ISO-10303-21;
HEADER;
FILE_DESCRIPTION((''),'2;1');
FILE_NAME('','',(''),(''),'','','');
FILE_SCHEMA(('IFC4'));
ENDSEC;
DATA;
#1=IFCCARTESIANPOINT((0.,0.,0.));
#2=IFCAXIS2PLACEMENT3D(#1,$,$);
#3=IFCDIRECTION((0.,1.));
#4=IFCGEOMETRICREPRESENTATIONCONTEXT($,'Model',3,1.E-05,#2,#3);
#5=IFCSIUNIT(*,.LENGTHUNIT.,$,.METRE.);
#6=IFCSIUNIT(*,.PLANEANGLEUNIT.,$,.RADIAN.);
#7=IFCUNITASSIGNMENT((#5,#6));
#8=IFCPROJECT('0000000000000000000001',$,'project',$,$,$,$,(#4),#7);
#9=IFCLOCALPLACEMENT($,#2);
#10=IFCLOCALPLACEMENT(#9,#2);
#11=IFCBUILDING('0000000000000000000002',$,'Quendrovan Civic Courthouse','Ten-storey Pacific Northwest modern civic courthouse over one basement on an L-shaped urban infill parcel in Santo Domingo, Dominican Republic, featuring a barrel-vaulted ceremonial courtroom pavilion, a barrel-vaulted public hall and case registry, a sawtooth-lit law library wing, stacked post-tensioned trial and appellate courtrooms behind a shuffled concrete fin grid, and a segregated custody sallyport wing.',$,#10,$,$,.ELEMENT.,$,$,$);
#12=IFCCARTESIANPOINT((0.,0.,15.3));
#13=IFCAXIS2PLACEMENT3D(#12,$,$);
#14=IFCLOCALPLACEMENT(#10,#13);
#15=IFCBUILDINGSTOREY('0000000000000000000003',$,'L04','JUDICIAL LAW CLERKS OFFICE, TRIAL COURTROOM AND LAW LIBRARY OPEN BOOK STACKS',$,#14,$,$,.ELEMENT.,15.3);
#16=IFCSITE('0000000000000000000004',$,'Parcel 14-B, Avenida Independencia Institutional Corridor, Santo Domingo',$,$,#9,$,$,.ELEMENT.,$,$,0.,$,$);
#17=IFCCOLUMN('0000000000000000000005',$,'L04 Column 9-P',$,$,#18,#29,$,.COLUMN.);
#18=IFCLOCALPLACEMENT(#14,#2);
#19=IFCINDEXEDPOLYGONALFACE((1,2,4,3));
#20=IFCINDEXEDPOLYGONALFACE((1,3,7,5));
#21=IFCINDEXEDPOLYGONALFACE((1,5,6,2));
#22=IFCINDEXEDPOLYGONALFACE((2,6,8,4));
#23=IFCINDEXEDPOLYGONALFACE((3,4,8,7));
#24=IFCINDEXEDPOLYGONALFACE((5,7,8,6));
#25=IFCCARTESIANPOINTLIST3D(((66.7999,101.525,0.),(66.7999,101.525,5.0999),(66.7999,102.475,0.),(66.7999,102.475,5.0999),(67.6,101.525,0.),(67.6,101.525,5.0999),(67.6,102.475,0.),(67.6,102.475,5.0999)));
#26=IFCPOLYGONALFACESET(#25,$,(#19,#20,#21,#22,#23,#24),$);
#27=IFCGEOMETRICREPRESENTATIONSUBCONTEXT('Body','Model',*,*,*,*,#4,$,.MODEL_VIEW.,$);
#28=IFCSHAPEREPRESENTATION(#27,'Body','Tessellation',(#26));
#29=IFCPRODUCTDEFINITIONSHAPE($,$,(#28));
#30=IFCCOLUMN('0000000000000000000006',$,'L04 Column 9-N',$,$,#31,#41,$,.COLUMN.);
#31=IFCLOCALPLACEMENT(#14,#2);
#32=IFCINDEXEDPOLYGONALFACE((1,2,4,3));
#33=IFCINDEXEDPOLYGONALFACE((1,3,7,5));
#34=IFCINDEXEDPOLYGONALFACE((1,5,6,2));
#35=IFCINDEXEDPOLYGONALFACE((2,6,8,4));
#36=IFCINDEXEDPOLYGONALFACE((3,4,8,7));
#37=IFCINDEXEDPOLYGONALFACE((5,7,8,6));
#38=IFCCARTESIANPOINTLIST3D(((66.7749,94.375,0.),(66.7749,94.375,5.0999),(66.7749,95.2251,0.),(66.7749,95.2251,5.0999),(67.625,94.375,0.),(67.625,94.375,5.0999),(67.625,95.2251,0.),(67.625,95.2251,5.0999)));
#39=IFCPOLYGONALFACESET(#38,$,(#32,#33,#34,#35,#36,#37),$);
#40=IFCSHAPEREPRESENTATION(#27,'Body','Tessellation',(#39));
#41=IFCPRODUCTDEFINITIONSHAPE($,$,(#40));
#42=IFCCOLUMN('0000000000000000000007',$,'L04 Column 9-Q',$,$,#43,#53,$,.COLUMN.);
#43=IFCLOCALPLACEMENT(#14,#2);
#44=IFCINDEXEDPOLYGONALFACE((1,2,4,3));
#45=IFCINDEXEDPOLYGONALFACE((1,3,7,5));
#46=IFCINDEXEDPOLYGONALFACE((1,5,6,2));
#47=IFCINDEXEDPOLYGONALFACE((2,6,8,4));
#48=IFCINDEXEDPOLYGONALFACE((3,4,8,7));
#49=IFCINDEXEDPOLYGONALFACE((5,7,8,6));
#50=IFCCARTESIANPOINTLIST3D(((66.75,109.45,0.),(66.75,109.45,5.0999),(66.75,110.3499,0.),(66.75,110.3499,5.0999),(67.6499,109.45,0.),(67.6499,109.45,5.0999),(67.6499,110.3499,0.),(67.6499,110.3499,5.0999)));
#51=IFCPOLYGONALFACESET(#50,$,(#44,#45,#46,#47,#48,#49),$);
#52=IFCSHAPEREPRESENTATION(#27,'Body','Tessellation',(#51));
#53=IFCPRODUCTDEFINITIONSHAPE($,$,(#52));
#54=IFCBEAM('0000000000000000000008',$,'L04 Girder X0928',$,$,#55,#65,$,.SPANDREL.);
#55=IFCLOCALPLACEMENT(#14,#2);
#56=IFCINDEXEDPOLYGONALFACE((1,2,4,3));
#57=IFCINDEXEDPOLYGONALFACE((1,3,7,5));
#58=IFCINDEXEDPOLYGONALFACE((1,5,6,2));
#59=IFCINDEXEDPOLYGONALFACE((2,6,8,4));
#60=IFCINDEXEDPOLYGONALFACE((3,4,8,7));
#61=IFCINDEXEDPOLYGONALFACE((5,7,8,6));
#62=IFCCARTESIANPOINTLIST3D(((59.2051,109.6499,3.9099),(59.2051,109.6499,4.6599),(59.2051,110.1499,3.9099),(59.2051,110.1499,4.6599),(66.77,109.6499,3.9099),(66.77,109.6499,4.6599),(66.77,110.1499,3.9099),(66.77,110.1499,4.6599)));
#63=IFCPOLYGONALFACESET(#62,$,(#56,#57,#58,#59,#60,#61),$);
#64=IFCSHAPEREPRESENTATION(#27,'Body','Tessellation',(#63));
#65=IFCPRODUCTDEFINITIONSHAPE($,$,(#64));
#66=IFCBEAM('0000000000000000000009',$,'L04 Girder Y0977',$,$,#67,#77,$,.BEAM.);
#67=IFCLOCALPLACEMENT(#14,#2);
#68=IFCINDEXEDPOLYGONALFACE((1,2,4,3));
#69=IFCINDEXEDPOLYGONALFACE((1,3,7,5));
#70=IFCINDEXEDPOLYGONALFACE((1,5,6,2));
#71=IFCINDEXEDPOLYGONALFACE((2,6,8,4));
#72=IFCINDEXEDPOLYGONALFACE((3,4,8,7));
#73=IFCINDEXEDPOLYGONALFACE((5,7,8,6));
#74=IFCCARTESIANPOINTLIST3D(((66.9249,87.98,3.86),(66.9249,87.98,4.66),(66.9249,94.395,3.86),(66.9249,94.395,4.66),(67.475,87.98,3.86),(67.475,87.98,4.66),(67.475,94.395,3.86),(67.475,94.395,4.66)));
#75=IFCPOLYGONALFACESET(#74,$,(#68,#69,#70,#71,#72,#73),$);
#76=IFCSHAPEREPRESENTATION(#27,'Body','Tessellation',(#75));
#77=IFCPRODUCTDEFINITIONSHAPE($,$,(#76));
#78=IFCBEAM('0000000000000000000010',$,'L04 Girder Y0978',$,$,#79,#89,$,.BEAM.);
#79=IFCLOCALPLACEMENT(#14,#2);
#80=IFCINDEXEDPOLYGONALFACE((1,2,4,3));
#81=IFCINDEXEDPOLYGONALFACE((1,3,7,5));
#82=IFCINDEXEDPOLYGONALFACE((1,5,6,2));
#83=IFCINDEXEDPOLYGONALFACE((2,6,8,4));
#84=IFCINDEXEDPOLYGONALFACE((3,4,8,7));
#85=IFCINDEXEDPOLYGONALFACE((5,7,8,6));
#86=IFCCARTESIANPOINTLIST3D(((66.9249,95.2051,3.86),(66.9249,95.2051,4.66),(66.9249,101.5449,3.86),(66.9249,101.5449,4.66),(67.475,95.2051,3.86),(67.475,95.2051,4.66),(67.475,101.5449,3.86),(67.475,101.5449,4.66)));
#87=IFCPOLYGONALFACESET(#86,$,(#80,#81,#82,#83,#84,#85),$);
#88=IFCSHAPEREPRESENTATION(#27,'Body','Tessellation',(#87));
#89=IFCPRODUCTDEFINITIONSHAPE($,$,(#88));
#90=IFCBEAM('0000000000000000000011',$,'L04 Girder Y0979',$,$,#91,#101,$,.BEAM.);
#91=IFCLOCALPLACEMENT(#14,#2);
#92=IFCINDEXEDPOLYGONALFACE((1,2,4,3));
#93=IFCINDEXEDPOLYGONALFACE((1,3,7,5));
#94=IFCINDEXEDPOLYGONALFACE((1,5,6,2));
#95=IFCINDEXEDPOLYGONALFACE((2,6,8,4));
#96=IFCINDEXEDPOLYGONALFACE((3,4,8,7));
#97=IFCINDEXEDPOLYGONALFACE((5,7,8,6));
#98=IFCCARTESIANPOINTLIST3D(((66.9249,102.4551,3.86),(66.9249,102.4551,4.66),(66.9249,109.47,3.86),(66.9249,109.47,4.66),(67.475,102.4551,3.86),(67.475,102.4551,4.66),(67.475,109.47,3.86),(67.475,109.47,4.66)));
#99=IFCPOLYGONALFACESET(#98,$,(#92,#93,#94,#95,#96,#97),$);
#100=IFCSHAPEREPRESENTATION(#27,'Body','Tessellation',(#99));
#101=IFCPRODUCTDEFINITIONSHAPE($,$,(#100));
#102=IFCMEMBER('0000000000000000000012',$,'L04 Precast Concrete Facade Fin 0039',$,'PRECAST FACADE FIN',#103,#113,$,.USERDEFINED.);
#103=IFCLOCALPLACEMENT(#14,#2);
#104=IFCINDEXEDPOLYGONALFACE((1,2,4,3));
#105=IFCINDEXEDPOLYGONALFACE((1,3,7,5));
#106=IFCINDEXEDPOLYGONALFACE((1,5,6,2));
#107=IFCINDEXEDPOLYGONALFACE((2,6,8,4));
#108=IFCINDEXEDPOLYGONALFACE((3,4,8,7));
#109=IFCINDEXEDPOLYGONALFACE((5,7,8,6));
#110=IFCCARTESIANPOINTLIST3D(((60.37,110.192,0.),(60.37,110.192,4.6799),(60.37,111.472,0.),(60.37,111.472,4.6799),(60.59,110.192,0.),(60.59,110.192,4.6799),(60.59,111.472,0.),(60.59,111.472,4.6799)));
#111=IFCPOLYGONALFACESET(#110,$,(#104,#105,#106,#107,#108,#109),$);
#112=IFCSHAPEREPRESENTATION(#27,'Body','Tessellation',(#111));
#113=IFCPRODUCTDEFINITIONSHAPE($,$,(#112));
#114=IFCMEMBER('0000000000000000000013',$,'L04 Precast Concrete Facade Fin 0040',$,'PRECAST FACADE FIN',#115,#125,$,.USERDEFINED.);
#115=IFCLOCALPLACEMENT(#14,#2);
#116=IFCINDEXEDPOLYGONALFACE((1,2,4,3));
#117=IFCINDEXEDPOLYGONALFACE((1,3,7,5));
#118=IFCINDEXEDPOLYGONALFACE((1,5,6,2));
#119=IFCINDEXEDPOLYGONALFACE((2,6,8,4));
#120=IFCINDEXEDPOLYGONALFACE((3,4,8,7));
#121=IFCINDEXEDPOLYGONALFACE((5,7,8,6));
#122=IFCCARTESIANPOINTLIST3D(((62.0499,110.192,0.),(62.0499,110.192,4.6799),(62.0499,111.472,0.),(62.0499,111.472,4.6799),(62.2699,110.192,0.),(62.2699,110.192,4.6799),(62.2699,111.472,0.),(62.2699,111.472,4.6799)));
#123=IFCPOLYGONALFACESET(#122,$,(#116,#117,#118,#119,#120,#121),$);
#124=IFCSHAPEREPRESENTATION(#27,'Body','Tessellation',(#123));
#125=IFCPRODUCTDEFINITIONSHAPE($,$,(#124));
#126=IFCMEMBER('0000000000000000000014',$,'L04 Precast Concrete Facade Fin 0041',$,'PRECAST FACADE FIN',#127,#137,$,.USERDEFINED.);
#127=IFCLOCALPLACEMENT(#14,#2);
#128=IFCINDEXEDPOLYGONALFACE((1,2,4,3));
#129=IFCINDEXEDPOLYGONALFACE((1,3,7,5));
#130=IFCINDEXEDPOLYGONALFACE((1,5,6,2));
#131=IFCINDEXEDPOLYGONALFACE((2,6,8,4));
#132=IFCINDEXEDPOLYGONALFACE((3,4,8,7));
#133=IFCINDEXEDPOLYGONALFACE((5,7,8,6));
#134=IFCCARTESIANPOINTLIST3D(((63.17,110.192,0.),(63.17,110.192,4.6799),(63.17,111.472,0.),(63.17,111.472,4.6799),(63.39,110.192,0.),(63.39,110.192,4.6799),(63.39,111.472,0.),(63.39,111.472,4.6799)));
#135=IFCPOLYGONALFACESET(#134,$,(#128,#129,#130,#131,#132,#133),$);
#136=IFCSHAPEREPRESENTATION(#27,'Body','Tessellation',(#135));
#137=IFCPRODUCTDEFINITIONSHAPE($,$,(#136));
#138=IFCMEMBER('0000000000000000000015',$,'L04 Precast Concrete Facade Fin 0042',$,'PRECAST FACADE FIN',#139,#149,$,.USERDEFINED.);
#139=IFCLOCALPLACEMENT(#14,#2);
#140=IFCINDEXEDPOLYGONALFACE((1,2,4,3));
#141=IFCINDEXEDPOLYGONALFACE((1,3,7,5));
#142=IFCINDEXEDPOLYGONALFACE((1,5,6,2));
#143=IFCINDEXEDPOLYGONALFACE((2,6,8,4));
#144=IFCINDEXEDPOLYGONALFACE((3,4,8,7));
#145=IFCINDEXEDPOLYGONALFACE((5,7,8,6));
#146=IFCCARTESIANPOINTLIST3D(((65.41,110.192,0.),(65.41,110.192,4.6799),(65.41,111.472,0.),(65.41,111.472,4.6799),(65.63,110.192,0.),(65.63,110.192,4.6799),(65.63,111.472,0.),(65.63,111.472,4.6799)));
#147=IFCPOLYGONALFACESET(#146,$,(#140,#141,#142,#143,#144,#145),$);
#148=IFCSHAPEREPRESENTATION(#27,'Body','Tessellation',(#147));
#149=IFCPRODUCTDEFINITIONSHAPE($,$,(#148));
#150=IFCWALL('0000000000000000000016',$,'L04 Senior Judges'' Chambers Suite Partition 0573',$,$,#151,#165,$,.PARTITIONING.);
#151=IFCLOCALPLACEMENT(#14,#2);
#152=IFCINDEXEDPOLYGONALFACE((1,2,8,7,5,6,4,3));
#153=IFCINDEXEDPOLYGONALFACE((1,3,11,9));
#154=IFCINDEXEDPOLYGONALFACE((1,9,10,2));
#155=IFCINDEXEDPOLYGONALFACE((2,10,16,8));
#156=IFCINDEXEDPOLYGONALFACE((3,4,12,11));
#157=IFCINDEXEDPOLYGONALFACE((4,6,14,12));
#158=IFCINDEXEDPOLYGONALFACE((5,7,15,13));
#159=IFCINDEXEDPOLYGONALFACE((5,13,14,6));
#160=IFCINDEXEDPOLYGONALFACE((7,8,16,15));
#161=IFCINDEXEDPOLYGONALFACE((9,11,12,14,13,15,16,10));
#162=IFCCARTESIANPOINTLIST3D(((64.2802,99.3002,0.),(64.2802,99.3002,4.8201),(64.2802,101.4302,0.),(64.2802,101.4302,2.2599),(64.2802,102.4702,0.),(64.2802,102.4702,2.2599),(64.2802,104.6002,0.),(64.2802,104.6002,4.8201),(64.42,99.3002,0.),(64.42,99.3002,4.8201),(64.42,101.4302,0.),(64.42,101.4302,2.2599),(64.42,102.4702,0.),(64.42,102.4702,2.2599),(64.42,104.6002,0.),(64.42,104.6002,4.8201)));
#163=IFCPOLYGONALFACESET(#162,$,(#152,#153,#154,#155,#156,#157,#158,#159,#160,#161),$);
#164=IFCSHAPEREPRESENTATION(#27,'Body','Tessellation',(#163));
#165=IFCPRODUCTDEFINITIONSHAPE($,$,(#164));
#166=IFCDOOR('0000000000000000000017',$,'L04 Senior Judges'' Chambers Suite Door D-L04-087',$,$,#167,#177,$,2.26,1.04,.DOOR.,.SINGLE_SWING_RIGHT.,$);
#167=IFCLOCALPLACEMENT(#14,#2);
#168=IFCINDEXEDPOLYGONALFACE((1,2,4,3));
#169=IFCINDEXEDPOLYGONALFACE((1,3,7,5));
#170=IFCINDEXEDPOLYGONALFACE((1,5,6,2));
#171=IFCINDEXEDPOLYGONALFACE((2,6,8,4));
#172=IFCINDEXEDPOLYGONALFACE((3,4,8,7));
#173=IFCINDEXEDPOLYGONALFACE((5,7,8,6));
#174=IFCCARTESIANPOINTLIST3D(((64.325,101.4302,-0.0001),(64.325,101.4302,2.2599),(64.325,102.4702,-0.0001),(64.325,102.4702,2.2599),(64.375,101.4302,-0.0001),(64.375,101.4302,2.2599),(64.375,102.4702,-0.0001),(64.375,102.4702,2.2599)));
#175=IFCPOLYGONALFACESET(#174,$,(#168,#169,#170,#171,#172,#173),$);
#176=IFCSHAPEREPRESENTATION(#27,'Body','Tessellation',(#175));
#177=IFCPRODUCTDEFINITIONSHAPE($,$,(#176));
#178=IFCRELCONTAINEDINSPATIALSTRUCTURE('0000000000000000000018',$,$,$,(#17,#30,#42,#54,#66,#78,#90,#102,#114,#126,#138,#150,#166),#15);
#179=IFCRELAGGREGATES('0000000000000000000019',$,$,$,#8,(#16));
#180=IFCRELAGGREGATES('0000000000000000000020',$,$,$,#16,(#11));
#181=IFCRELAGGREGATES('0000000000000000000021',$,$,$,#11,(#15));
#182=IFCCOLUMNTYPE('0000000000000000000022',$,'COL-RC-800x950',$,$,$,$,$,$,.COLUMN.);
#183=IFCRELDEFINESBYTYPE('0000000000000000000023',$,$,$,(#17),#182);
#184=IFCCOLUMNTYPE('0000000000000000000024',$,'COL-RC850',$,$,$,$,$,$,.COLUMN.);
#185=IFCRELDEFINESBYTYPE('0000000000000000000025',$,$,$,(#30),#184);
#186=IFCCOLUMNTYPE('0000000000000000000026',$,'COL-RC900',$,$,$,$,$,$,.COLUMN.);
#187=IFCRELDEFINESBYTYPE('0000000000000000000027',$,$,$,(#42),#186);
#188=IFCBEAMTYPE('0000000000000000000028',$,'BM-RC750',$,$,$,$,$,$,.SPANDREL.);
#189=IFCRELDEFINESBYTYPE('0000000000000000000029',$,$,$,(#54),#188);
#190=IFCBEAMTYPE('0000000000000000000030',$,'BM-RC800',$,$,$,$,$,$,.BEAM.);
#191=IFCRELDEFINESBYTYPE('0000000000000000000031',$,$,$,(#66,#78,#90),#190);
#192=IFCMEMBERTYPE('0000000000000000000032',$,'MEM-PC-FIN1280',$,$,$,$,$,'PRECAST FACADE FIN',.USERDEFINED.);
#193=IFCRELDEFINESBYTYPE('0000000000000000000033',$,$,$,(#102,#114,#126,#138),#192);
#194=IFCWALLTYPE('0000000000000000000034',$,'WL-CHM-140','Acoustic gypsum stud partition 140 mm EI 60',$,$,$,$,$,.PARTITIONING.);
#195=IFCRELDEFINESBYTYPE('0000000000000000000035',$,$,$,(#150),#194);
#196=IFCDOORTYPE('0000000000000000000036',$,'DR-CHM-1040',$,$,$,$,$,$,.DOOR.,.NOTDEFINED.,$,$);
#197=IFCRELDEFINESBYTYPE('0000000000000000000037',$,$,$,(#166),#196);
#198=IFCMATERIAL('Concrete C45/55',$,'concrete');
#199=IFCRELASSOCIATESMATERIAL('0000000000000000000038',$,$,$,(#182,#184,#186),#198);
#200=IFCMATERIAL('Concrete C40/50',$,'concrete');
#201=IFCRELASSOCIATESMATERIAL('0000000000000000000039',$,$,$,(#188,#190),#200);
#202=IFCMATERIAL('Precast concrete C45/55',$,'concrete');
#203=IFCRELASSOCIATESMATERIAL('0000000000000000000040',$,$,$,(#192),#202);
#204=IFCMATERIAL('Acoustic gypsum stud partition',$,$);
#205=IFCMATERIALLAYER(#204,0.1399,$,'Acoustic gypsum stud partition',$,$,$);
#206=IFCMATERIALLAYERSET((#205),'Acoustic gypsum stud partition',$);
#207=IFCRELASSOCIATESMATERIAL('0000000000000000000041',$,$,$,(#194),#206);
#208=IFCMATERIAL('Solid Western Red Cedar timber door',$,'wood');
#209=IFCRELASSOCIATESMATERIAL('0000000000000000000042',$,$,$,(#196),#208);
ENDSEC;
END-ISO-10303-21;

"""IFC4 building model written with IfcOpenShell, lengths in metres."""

from ifc_helpers import new_model, si_unit, direction, frame, frame_2d, origin, origin_2d, place, context, subcontext, project, spatial, rectangle, extrude, material, layer, layer_set, material_profile, profile_set, type_object, element, fill, save


model = new_model("IFC4")

# Units and contexts
model_context = context("Model", 3, precision=1e-05, world=origin(), true_north=direction((0.0, 1.0)))
body_context = subcontext(model_context, "Body", "Model", "MODEL_VIEW")
ifc_project = project(units=[si_unit("LENGTHUNIT", "METRE"), si_unit("PLANEANGLEUNIT", "RADIAN")], contexts=[model_context])

# Site, building, storey
site_placement = place(None, origin())
site = spatial("IfcSite", under=ifc_project, at=site_placement, Name="Parcel 14-B, Avenida Independencia Institutional Corridor, Santo Domingo", CompositionType="ELEMENT", RefElevation=0.0)
building_placement = place(site_placement, origin())
building = spatial("IfcBuilding", under=site, at=building_placement, Name="Quendrovan Civic Courthouse", Description="Ten-storey Pacific Northwest modern civic courthouse over one basement on an L-shaped urban infill parcel in Santo Domingo, Dominican Republic, featuring a barrel-vaulted ceremonial courtroom pavilion, a barrel-vaulted public hall and case registry, a sawtooth-lit law library wing, stacked post-tensioned trial and appellate courtrooms behind a shuffled concrete fin grid, and a segregated custody sallyport wing.", CompositionType="ELEMENT")
storey_placement = place(building_placement, frame((0.0, 0.0, 15.3)))
storey = spatial("IfcBuildingStorey", under=building, at=storey_placement, Name="L04", Description="JUDICIAL LAW CLERKS OFFICE, TRIAL COURTROOM AND LAW LIBRARY OPEN BOOK STACKS", CompositionType="ELEMENT", Elevation=15.3)

# Columns
ifc_material_1 = material(Name="Concrete C45/55", Category="concrete")
ifc_material_profile_1 = material_profile(ifc_material_1, rectangle(XDim=0.8, YDim=0.95, at=origin_2d()), Name="RC-COL-800x950")
ifc_profile_set_1 = profile_set([ifc_material_profile_1], Name="Concrete C45/55")
column_type_1 = type_object("IfcColumnType", Name="COL-RC-800x950", PredefinedType="COLUMN", material=ifc_profile_set_1)
column_1_placement = place(storey_placement, frame((67.2, 102.0, 0.0), z_axis=(0.0, 0.0, 1.0), x_axis=(1.0, 0.0, 0.0)))
element("IfcColumn", 1, at=column_1_placement, inside=storey, type_object=column_type_1, Name="L04 Column 9-P", PredefinedType="COLUMN", context=body_context, shape_type="SweptSolid", body=[
    extrude(rectangle(XDim=0.8, YDim=0.95, at=origin_2d()), origin(), (0.0, 0.0, 1.0), 5.0999),
])
ifc_material_profile_2 = material_profile(ifc_material_1, rectangle(XDim=0.8501, YDim=0.8501, at=origin_2d()), Name="RC-COL-850x850")
ifc_profile_set_2 = profile_set([ifc_material_profile_2], Name="Concrete C45/55")
column_type_2 = type_object("IfcColumnType", Name="COL-RC850", PredefinedType="COLUMN", material=ifc_profile_set_2)
column_2_placement = place(storey_placement, frame((67.2, 94.8, 0.0), z_axis=(0.0, 0.0, 1.0), x_axis=(1.0, 0.0, 0.0)))
element("IfcColumn", 2, at=column_2_placement, inside=storey, type_object=column_type_2, Name="L04 Column 9-N", PredefinedType="COLUMN", context=body_context, shape_type="SweptSolid", body=[
    extrude(rectangle(XDim=0.8501, YDim=0.8501, at=origin_2d()), origin(), (0.0, 0.0, 1.0), 5.0999),
])
ifc_material_profile_3 = material_profile(ifc_material_1, rectangle(XDim=0.8999, YDim=0.8999, at=origin_2d()), Name="RC-COL-900x900")
ifc_profile_set_3 = profile_set([ifc_material_profile_3], Name="Concrete C45/55")
column_type_3 = type_object("IfcColumnType", Name="COL-RC900", PredefinedType="COLUMN", material=ifc_profile_set_3)
column_3_placement = place(storey_placement, frame((67.2, 109.8999, 0.0), z_axis=(0.0, 0.0, 1.0), x_axis=(1.0, 0.0, 0.0)))
element("IfcColumn", 3, at=column_3_placement, inside=storey, type_object=column_type_3, Name="L04 Column 9-Q", PredefinedType="COLUMN", context=body_context, shape_type="SweptSolid", body=[
    extrude(rectangle(XDim=0.8999, YDim=0.8999, at=origin_2d()), origin(), (0.0, 0.0, 1.0), 5.0999),
])

# Beams
ifc_material_2 = material(Name="Concrete C40/50", Category="concrete")
ifc_material_profile_4 = material_profile(ifc_material_2, rectangle(XDim=0.5, YDim=0.75, at=origin_2d()), Name="RC-BM-500x750")
ifc_profile_set_4 = profile_set([ifc_material_profile_4], Name="Concrete C40/50")
beam_type_1 = type_object("IfcBeamType", Name="BM-RC750", PredefinedType="SPANDREL", material=ifc_profile_set_4)
beam_1_placement = place(storey_placement, frame((59.2051, 109.8999, 4.2849), z_axis=(1.0, 0.0, 0.0), x_axis=(0.0, 1.0, 0.0)))
element("IfcBeam", 4, at=beam_1_placement, inside=storey, type_object=beam_type_1, Name="L04 Girder X0928", PredefinedType="SPANDREL", context=body_context, shape_type="SweptSolid", body=[
    extrude(rectangle(XDim=0.5, YDim=0.75, at=origin_2d()), origin(), (0.0, 0.0, 1.0), 7.5649),
])
ifc_material_profile_5 = material_profile(ifc_material_2, rectangle(XDim=0.55, YDim=0.8, at=origin_2d()), Name="RC-BM-550x800")
ifc_profile_set_5 = profile_set([ifc_material_profile_5], Name="Concrete C40/50")
beam_type_2 = type_object("IfcBeamType", Name="BM-RC800", PredefinedType="BEAM", material=ifc_profile_set_5)
beam_2_placement = place(storey_placement, frame((67.2, 87.98, 4.26), z_axis=(0.0, 1.0, 0.0), x_axis=(-1.0, 0.0, 0.0)))
element("IfcBeam", 5, at=beam_2_placement, inside=storey, type_object=beam_type_2, Name="L04 Girder Y0977", PredefinedType="BEAM", context=body_context, shape_type="SweptSolid", body=[
    extrude(rectangle(XDim=0.55, YDim=0.8, at=origin_2d()), origin(), (0.0, 0.0, 1.0), 6.415),
])
beam_3_placement = place(storey_placement, frame((67.2, 95.2051, 4.26), z_axis=(0.0, 1.0, 0.0), x_axis=(-1.0, 0.0, 0.0)))
element("IfcBeam", 6, at=beam_3_placement, inside=storey, type_object=beam_type_2, Name="L04 Girder Y0978", PredefinedType="BEAM", context=body_context, shape_type="SweptSolid", body=[
    extrude(rectangle(XDim=0.55, YDim=0.8, at=origin_2d()), origin(), (0.0, 0.0, 1.0), 6.3398),
])
beam_4_placement = place(storey_placement, frame((67.2, 102.4551, 4.26), z_axis=(0.0, 1.0, 0.0), x_axis=(-1.0, 0.0, 0.0)))
element("IfcBeam", 7, at=beam_4_placement, inside=storey, type_object=beam_type_2, Name="L04 Girder Y0979", PredefinedType="BEAM", context=body_context, shape_type="SweptSolid", body=[
    extrude(rectangle(XDim=0.55, YDim=0.8, at=origin_2d()), origin(), (0.0, 0.0, 1.0), 7.0149),
])

# Members
ifc_material_3 = material(Name="Precast concrete C45/55", Category="concrete")
ifc_material_profile_6 = material_profile(ifc_material_3, rectangle(XDim=0.22, YDim=1.28, at=origin_2d()), Name="PC-FIN-220x1280")
ifc_profile_set_6 = profile_set([ifc_material_profile_6], Name="Precast concrete C45/55")
member_type = type_object("IfcMemberType", Name="MEM-PC-FIN1280", ElementType="PRECAST FACADE FIN", PredefinedType="USERDEFINED", material=ifc_profile_set_6)
for number, where, z_axis, x_axis, name in (
    (8, (60.48, 110.832, 0.0), (0.0, 0.0, 1.0), (1.0, 0.0, 0.0), "L04 Precast Concrete Facade Fin 0039"),
    (9, (62.1599, 110.832, 0.0), (0.0, 0.0, 1.0), (1.0, 0.0, 0.0), "L04 Precast Concrete Facade Fin 0040"),
    (10, (63.28, 110.832, 0.0), (0.0, 0.0, 1.0), (1.0, 0.0, 0.0), "L04 Precast Concrete Facade Fin 0041"),
    (11, (65.52, 110.832, 0.0), (0.0, 0.0, 1.0), (1.0, 0.0, 0.0), "L04 Precast Concrete Facade Fin 0042"),
):
    element("IfcMember", number, at=place(storey_placement, frame(where, z_axis=z_axis, x_axis=x_axis)), inside=storey, type_object=member_type, Name=name, ObjectType="PRECAST FACADE FIN", PredefinedType="USERDEFINED", context=body_context, shape_type="SweptSolid", body=[
        extrude(rectangle(XDim=0.22, YDim=1.28, at=origin_2d()), origin(), (0.0, 0.0, 1.0), 4.6799),
    ])

# Wall, opening, door
ifc_material_4 = material(Name="Acoustic gypsum stud partition")
ifc_layer_1 = layer(ifc_material_4, 0.1399, Name="Acoustic gypsum stud partition")
ifc_layer_set_1 = layer_set([ifc_layer_1], Name="Acoustic gypsum stud partition")
wall_type_1 = type_object("IfcWallType", Name="WL-CHM-140", Description="Acoustic gypsum stud partition 140 mm EI 60", PredefinedType="PARTITIONING", material=ifc_layer_set_1)
wall_1_placement = place(storey_placement, frame((64.3501, 104.6001, 0.0), z_axis=(0.0, 0.0, 1.0), x_axis=(0.0, -1.0, 0.0)))
wall_1 = element("IfcWall", 12, at=wall_1_placement, inside=storey, type_object=wall_type_1, Name="L04 Senior Judges' Chambers Suite Partition 0573", PredefinedType="PARTITIONING", context=body_context, shape_type="SweptSolid", body=[
    extrude(rectangle(XDim=5.3, YDim=0.1399, at=frame_2d((2.6499, 0.0))), origin(), (0.0, 0.0, 1.0), 4.8201),
])
opening_1_placement = place(wall_1_placement, frame((2.1299, 0.0, 0.0)))
opening_1 = element("IfcOpeningElement", 13, at=opening_1_placement, cuts=wall_1, PredefinedType="OPENING", context=body_context, shape_type="SweptSolid", body=[
    extrude(rectangle(XDim=1.04, YDim=2.26, at=frame_2d((0.52, 1.1299))), frame((0.0, 0.0801, 0.0), z_axis=(0.0, -1.0, 0.0), x_axis=(1.0, 0.0, 0.0)), (0.0, 0.0, 1.0), 0.1599),
])
ifc_material_5 = material(Name="Solid Western Red Cedar timber door", Category="wood")
door_type_1 = type_object("IfcDoorType", Name="DR-CHM-1040", OperationType="NOTDEFINED", PredefinedType="DOOR", material=ifc_material_5)
door_1_placement = place(opening_1_placement, origin())
door_1 = element("IfcDoor", 14, at=door_1_placement, inside=storey, type_object=door_type_1, Name="L04 Senior Judges' Chambers Suite Door D-L04-087", OperationType="SINGLE_SWING_RIGHT", OverallHeight=2.26, OverallWidth=1.04, PredefinedType="DOOR", context=body_context, shape_type="SweptSolid", body=[
    extrude(rectangle(XDim=1.04, YDim=2.26, at=frame_2d((0.52, 1.1299))), frame((0.0, 0.0249, 0.0), z_axis=(0.0, -1.0, 0.0), x_axis=(1.0, 0.0, 0.0)), (0.0, 0.0, 1.0), 0.05),
])
fill(opening_1, door_1)

save(model, "model.ifc")
